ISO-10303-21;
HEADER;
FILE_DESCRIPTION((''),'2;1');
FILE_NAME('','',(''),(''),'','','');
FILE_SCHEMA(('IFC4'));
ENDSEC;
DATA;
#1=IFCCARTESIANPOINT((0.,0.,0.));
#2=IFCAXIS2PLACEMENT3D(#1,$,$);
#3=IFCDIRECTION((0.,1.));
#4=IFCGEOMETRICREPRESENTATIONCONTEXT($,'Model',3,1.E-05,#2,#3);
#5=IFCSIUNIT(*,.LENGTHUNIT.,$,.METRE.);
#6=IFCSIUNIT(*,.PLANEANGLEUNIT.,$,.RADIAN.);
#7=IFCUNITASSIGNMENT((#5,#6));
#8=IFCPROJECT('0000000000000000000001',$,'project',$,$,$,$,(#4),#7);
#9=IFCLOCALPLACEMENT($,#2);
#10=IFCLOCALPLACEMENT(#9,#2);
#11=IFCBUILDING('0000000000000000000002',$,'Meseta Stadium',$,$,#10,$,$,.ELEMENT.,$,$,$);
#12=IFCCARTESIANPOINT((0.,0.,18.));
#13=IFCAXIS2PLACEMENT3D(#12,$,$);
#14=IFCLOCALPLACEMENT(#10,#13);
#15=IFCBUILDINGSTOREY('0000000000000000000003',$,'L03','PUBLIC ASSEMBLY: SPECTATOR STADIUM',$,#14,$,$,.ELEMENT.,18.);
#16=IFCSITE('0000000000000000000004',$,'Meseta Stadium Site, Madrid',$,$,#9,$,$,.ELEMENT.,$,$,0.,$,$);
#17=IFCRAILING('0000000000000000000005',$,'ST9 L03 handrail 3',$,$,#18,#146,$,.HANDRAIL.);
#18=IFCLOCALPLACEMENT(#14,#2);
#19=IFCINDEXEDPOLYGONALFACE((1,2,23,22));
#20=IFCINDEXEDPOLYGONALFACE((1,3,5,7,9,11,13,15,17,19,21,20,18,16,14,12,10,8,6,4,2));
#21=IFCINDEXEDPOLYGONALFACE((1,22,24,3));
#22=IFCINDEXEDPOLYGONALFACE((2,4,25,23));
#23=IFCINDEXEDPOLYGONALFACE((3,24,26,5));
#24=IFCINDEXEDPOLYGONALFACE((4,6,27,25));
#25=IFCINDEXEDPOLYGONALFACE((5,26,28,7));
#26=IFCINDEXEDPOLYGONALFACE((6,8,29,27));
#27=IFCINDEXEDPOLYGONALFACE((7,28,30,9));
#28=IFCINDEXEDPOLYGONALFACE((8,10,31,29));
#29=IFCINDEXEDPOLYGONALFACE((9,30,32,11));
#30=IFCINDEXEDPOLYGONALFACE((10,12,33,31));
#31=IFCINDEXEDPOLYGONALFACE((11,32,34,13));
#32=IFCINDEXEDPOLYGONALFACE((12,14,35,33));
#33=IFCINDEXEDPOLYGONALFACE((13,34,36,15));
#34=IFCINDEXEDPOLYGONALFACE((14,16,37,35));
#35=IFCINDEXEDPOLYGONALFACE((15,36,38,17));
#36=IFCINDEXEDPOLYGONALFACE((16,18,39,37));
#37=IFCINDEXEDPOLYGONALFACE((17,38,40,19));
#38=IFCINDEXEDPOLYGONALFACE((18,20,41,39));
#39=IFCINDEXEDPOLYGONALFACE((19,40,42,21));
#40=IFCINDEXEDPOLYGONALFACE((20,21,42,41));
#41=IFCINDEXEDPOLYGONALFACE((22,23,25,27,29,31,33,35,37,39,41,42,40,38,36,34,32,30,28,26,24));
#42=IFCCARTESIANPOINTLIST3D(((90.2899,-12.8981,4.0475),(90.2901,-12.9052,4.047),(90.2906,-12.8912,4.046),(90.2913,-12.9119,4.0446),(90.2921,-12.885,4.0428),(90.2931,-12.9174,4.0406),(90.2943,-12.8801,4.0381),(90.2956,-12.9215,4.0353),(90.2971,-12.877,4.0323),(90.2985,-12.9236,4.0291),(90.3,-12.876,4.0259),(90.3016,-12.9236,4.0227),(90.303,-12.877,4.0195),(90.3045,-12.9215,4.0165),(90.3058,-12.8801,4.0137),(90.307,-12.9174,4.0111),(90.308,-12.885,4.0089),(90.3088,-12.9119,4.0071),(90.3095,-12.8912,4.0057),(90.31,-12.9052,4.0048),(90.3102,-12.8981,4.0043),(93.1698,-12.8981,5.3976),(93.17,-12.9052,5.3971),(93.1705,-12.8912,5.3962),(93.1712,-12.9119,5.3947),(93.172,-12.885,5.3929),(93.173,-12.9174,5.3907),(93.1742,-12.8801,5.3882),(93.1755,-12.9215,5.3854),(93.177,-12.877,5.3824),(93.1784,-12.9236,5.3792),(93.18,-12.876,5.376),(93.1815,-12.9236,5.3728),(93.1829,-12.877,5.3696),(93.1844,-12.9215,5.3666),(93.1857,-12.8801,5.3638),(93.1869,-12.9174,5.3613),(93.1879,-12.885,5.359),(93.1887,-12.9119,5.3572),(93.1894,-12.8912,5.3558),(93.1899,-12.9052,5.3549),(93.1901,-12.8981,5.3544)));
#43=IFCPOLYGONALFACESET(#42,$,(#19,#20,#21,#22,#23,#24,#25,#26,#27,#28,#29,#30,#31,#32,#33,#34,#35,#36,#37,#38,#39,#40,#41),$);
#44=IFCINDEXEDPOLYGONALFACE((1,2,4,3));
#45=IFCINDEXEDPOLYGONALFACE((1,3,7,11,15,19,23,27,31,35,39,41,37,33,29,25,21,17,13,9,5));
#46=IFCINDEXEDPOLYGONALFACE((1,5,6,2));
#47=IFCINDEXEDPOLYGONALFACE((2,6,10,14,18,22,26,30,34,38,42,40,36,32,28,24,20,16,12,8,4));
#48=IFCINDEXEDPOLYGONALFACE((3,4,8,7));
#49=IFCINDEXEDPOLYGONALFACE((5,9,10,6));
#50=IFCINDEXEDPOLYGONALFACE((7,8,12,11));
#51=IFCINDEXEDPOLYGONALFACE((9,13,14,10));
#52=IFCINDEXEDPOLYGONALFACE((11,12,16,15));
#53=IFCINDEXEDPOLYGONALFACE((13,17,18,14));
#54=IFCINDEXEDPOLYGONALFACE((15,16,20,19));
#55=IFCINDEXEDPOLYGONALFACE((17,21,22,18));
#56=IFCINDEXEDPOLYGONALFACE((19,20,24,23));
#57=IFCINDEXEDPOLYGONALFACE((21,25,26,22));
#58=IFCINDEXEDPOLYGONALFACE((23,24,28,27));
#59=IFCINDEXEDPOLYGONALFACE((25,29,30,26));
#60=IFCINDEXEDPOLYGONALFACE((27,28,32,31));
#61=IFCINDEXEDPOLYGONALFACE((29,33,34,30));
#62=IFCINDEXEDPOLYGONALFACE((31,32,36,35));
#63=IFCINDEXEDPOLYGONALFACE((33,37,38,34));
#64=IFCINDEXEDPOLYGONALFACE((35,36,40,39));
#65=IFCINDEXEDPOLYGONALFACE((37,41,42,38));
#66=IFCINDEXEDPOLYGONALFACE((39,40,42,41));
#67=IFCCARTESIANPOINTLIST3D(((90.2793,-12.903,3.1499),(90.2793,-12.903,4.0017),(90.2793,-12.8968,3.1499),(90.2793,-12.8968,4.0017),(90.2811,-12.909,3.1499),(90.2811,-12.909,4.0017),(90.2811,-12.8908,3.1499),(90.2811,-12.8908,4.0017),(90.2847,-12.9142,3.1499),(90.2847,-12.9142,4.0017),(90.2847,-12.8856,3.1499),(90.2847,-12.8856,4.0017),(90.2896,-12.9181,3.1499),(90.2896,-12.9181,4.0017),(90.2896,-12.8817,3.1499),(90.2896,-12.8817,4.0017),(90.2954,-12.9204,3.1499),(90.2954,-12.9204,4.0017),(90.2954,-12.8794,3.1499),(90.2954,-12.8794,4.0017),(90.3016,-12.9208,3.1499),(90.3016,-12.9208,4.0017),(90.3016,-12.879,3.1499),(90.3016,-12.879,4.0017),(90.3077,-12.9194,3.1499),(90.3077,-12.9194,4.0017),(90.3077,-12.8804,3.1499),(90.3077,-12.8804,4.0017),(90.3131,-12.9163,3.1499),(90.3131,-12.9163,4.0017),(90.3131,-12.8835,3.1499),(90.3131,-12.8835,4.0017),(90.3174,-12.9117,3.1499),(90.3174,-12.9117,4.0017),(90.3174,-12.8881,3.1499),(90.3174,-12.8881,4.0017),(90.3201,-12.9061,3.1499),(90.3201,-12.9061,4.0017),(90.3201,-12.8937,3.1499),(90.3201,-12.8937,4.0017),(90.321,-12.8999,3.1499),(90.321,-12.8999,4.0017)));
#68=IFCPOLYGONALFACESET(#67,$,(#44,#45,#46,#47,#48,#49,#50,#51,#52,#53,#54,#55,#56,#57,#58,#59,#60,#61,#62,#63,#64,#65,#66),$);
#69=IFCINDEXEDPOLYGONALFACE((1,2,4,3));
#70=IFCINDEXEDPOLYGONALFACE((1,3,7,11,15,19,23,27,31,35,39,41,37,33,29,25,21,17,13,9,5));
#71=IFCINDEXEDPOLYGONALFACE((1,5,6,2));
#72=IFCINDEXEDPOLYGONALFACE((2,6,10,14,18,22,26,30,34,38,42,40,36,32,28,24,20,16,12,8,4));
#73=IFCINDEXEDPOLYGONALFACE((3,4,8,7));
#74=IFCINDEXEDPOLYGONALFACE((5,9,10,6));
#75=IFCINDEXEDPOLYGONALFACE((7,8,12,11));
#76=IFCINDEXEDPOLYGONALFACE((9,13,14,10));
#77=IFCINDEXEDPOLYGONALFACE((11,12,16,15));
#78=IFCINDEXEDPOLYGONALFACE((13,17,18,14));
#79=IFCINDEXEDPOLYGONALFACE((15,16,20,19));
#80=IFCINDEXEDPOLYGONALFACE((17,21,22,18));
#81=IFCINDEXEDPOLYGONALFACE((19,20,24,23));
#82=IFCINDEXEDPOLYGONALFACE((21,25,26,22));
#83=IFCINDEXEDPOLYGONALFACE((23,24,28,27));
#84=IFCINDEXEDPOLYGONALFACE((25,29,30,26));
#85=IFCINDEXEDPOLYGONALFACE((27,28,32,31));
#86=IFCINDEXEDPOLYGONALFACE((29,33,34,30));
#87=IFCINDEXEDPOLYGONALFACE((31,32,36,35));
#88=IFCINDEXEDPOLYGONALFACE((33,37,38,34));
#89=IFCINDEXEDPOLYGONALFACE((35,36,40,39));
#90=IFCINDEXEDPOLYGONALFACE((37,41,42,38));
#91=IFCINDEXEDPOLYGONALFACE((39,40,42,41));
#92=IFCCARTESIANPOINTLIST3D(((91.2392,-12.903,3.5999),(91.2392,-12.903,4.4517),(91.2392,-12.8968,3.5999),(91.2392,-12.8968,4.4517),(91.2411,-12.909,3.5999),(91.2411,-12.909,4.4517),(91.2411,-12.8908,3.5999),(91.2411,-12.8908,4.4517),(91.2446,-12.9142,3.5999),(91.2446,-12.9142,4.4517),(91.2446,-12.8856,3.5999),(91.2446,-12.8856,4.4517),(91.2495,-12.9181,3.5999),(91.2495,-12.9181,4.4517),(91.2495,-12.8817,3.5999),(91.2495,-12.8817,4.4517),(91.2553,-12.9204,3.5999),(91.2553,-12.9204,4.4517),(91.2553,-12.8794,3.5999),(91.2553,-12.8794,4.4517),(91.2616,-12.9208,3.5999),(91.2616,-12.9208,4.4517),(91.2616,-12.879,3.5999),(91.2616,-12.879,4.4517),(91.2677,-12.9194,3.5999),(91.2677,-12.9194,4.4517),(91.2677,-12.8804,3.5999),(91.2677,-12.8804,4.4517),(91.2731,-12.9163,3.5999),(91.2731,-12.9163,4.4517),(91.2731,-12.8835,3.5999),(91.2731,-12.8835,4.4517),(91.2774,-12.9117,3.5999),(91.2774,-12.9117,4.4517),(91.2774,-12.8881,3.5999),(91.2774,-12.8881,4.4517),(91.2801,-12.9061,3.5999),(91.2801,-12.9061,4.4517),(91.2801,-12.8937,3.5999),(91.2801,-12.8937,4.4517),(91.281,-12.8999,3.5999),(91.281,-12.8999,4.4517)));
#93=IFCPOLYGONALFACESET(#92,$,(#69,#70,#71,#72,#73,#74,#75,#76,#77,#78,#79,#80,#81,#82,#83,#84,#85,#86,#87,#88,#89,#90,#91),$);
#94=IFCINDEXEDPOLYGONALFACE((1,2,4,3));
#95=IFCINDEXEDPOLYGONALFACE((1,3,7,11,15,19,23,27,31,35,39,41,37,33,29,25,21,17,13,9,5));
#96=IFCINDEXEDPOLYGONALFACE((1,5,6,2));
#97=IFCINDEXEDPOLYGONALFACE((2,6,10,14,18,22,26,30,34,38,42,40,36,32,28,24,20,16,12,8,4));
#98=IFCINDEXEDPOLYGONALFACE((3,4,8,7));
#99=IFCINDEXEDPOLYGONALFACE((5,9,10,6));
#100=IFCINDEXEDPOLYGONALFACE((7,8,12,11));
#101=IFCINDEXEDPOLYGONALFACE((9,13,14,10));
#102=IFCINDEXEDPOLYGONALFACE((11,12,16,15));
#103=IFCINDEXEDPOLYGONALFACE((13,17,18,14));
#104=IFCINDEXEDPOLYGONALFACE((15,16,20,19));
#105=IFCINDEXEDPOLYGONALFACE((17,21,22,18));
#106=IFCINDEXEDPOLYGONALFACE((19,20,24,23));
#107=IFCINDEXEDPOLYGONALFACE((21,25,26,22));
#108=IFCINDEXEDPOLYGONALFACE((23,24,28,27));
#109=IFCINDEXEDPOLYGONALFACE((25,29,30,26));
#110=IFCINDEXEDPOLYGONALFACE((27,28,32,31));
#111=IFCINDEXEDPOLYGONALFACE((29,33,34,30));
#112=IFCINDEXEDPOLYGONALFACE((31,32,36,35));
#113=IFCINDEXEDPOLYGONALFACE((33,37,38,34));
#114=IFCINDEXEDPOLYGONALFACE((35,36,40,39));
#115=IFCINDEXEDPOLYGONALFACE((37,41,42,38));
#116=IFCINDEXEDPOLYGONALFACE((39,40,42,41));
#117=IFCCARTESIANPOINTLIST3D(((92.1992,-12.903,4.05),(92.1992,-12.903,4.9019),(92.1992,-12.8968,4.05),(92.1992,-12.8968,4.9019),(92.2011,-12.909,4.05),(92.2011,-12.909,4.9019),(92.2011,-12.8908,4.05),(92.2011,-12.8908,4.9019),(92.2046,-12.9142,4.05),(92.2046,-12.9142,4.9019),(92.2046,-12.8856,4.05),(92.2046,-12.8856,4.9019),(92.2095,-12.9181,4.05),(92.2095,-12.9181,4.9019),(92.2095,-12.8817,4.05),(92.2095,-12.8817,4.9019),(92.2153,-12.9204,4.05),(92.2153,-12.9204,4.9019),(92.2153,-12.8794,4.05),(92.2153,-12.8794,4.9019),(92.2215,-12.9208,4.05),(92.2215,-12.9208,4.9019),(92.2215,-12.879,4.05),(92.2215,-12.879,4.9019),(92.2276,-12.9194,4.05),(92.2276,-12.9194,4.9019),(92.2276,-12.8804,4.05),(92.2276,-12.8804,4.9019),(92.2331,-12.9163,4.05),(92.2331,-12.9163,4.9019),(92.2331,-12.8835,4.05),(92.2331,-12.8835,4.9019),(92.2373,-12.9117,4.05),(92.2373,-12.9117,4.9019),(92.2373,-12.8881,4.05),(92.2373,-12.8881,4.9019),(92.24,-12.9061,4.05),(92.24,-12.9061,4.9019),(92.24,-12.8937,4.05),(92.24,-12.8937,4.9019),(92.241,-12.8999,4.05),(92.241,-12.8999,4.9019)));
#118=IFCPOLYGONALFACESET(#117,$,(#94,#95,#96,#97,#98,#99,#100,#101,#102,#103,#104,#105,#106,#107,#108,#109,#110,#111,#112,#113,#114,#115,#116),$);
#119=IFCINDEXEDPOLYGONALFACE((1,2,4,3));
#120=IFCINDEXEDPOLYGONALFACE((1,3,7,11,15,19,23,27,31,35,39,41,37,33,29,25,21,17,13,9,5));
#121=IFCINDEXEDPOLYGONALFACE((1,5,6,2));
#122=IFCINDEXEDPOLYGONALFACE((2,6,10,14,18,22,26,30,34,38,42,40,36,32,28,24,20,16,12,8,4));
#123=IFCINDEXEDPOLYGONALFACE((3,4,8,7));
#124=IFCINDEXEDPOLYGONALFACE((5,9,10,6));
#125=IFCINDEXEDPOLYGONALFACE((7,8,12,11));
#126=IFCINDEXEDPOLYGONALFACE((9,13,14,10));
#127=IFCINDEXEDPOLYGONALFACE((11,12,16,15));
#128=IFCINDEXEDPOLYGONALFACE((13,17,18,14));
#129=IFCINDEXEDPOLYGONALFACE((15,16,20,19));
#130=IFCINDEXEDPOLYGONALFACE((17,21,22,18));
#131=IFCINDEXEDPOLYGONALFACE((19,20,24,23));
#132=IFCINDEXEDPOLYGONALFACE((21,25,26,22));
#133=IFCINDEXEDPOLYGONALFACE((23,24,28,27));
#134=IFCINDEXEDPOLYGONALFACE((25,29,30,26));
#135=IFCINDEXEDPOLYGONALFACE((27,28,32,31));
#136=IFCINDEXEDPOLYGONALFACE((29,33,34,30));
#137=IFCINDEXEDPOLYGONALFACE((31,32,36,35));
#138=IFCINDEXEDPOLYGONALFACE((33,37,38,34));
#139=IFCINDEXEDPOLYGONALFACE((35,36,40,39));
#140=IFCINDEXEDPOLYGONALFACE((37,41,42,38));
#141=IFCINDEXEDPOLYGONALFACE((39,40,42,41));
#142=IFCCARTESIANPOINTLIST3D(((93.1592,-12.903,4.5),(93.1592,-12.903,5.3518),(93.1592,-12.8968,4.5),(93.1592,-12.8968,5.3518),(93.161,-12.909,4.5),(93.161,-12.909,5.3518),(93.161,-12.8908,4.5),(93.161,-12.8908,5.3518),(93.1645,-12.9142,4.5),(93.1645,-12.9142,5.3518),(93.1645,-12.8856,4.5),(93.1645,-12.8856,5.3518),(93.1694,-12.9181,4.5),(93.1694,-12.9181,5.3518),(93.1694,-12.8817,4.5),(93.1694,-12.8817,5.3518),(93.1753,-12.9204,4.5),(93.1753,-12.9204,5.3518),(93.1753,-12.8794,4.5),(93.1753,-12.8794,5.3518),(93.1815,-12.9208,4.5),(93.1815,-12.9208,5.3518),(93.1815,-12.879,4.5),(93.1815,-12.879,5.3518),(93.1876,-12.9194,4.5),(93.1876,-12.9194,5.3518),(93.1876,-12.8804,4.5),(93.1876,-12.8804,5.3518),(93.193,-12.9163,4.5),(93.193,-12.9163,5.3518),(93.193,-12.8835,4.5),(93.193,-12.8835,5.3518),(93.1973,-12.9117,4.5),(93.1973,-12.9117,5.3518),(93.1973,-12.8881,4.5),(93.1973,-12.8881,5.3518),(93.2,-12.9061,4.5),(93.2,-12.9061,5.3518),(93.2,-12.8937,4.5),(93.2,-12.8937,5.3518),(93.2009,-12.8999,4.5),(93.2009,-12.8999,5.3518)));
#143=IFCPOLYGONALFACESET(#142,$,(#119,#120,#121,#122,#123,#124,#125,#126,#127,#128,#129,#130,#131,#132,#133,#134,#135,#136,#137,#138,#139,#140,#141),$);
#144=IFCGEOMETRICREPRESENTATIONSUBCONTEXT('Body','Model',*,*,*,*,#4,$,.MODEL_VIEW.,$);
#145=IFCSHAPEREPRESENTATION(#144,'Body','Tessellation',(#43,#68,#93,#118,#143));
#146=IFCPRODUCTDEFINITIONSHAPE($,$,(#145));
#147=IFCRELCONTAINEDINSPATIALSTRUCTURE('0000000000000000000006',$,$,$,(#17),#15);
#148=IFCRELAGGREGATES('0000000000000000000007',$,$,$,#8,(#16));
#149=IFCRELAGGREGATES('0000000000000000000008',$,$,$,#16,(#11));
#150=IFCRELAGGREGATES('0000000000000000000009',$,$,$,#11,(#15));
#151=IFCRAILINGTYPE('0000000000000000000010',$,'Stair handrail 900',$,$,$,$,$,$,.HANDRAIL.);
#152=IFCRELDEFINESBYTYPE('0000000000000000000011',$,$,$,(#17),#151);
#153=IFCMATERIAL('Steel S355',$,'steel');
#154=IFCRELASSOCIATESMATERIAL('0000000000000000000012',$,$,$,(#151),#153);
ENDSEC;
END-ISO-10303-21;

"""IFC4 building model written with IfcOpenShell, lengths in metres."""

from ifc_helpers import new_model, si_unit, direction, frame, origin, origin_2d, place, context, subcontext, project, spatial, circle, extrude, material, type_object, element, save


model = new_model("IFC4")

# Units and contexts
model_context = context("Model", 3, precision=1e-05, world=origin(), true_north=direction((0.0, 1.0)))
body_context = subcontext(model_context, "Body", "Model", "MODEL_VIEW")
ifc_project = project(units=[si_unit("LENGTHUNIT", "METRE"), si_unit("PLANEANGLEUNIT", "RADIAN")], contexts=[model_context])

# Site, building, storey
site_placement = place(None, origin())
site = spatial("IfcSite", under=ifc_project, at=site_placement, Name="Meseta Stadium Site, Madrid", CompositionType="ELEMENT", RefElevation=0.0)
building_placement = place(site_placement, origin())
building = spatial("IfcBuilding", under=site, at=building_placement, Name="Meseta Stadium", CompositionType="ELEMENT")
storey_placement = place(building_placement, frame((0.0, 0.0, 18.0)))
storey = spatial("IfcBuildingStorey", under=building, at=storey_placement, Name="L03", Description="PUBLIC ASSEMBLY: SPECTATOR STADIUM", CompositionType="ELEMENT", Elevation=18.0)

# Railing
ifc_material_1 = material(Name="Steel S355", Category="steel")
railing_type_1 = type_object("IfcRailingType", Name="Stair handrail 900", PredefinedType="HANDRAIL", material=ifc_material_1)
for number, where, name in (
    (1, (90.3, -12.8999, 3.1499), "ST9 L03 handrail 3"),
):
    element("IfcRailing", number, at=place(storey_placement, frame(where)), inside=storey, type_object=railing_type_1, Name=name, PredefinedType="HANDRAIL", context=body_context, shape_type="SweptSolid", body=[
        extrude(circle(Radius=0.0239, at=origin_2d()), frame((0.0, 0.0, 0.876), z_axis=(0.90544, 0.0, 0.424473), x_axis=(0.0, 1.0, 0.0)), (0.0, 0.0, 1.0), 3.1807),
        extrude(circle(Radius=0.021, at=origin_2d()), origin(), (0.0, 0.0, 1.0), 0.8518),
        extrude(circle(Radius=0.021, at=origin_2d()), frame((0.96, 0.0, 0.45)), (0.0, 0.0, 1.0), 0.8518),
        extrude(circle(Radius=0.021, at=origin_2d()), frame((1.9199, 0.0, 0.9001)), (0.0, 0.0, 1.0), 0.8518),
        extrude(circle(Radius=0.021, at=origin_2d()), frame((2.8799, 0.0, 1.3501)), (0.0, 0.0, 1.0), 0.8518),
    ])

save(model, "model.ifc")
